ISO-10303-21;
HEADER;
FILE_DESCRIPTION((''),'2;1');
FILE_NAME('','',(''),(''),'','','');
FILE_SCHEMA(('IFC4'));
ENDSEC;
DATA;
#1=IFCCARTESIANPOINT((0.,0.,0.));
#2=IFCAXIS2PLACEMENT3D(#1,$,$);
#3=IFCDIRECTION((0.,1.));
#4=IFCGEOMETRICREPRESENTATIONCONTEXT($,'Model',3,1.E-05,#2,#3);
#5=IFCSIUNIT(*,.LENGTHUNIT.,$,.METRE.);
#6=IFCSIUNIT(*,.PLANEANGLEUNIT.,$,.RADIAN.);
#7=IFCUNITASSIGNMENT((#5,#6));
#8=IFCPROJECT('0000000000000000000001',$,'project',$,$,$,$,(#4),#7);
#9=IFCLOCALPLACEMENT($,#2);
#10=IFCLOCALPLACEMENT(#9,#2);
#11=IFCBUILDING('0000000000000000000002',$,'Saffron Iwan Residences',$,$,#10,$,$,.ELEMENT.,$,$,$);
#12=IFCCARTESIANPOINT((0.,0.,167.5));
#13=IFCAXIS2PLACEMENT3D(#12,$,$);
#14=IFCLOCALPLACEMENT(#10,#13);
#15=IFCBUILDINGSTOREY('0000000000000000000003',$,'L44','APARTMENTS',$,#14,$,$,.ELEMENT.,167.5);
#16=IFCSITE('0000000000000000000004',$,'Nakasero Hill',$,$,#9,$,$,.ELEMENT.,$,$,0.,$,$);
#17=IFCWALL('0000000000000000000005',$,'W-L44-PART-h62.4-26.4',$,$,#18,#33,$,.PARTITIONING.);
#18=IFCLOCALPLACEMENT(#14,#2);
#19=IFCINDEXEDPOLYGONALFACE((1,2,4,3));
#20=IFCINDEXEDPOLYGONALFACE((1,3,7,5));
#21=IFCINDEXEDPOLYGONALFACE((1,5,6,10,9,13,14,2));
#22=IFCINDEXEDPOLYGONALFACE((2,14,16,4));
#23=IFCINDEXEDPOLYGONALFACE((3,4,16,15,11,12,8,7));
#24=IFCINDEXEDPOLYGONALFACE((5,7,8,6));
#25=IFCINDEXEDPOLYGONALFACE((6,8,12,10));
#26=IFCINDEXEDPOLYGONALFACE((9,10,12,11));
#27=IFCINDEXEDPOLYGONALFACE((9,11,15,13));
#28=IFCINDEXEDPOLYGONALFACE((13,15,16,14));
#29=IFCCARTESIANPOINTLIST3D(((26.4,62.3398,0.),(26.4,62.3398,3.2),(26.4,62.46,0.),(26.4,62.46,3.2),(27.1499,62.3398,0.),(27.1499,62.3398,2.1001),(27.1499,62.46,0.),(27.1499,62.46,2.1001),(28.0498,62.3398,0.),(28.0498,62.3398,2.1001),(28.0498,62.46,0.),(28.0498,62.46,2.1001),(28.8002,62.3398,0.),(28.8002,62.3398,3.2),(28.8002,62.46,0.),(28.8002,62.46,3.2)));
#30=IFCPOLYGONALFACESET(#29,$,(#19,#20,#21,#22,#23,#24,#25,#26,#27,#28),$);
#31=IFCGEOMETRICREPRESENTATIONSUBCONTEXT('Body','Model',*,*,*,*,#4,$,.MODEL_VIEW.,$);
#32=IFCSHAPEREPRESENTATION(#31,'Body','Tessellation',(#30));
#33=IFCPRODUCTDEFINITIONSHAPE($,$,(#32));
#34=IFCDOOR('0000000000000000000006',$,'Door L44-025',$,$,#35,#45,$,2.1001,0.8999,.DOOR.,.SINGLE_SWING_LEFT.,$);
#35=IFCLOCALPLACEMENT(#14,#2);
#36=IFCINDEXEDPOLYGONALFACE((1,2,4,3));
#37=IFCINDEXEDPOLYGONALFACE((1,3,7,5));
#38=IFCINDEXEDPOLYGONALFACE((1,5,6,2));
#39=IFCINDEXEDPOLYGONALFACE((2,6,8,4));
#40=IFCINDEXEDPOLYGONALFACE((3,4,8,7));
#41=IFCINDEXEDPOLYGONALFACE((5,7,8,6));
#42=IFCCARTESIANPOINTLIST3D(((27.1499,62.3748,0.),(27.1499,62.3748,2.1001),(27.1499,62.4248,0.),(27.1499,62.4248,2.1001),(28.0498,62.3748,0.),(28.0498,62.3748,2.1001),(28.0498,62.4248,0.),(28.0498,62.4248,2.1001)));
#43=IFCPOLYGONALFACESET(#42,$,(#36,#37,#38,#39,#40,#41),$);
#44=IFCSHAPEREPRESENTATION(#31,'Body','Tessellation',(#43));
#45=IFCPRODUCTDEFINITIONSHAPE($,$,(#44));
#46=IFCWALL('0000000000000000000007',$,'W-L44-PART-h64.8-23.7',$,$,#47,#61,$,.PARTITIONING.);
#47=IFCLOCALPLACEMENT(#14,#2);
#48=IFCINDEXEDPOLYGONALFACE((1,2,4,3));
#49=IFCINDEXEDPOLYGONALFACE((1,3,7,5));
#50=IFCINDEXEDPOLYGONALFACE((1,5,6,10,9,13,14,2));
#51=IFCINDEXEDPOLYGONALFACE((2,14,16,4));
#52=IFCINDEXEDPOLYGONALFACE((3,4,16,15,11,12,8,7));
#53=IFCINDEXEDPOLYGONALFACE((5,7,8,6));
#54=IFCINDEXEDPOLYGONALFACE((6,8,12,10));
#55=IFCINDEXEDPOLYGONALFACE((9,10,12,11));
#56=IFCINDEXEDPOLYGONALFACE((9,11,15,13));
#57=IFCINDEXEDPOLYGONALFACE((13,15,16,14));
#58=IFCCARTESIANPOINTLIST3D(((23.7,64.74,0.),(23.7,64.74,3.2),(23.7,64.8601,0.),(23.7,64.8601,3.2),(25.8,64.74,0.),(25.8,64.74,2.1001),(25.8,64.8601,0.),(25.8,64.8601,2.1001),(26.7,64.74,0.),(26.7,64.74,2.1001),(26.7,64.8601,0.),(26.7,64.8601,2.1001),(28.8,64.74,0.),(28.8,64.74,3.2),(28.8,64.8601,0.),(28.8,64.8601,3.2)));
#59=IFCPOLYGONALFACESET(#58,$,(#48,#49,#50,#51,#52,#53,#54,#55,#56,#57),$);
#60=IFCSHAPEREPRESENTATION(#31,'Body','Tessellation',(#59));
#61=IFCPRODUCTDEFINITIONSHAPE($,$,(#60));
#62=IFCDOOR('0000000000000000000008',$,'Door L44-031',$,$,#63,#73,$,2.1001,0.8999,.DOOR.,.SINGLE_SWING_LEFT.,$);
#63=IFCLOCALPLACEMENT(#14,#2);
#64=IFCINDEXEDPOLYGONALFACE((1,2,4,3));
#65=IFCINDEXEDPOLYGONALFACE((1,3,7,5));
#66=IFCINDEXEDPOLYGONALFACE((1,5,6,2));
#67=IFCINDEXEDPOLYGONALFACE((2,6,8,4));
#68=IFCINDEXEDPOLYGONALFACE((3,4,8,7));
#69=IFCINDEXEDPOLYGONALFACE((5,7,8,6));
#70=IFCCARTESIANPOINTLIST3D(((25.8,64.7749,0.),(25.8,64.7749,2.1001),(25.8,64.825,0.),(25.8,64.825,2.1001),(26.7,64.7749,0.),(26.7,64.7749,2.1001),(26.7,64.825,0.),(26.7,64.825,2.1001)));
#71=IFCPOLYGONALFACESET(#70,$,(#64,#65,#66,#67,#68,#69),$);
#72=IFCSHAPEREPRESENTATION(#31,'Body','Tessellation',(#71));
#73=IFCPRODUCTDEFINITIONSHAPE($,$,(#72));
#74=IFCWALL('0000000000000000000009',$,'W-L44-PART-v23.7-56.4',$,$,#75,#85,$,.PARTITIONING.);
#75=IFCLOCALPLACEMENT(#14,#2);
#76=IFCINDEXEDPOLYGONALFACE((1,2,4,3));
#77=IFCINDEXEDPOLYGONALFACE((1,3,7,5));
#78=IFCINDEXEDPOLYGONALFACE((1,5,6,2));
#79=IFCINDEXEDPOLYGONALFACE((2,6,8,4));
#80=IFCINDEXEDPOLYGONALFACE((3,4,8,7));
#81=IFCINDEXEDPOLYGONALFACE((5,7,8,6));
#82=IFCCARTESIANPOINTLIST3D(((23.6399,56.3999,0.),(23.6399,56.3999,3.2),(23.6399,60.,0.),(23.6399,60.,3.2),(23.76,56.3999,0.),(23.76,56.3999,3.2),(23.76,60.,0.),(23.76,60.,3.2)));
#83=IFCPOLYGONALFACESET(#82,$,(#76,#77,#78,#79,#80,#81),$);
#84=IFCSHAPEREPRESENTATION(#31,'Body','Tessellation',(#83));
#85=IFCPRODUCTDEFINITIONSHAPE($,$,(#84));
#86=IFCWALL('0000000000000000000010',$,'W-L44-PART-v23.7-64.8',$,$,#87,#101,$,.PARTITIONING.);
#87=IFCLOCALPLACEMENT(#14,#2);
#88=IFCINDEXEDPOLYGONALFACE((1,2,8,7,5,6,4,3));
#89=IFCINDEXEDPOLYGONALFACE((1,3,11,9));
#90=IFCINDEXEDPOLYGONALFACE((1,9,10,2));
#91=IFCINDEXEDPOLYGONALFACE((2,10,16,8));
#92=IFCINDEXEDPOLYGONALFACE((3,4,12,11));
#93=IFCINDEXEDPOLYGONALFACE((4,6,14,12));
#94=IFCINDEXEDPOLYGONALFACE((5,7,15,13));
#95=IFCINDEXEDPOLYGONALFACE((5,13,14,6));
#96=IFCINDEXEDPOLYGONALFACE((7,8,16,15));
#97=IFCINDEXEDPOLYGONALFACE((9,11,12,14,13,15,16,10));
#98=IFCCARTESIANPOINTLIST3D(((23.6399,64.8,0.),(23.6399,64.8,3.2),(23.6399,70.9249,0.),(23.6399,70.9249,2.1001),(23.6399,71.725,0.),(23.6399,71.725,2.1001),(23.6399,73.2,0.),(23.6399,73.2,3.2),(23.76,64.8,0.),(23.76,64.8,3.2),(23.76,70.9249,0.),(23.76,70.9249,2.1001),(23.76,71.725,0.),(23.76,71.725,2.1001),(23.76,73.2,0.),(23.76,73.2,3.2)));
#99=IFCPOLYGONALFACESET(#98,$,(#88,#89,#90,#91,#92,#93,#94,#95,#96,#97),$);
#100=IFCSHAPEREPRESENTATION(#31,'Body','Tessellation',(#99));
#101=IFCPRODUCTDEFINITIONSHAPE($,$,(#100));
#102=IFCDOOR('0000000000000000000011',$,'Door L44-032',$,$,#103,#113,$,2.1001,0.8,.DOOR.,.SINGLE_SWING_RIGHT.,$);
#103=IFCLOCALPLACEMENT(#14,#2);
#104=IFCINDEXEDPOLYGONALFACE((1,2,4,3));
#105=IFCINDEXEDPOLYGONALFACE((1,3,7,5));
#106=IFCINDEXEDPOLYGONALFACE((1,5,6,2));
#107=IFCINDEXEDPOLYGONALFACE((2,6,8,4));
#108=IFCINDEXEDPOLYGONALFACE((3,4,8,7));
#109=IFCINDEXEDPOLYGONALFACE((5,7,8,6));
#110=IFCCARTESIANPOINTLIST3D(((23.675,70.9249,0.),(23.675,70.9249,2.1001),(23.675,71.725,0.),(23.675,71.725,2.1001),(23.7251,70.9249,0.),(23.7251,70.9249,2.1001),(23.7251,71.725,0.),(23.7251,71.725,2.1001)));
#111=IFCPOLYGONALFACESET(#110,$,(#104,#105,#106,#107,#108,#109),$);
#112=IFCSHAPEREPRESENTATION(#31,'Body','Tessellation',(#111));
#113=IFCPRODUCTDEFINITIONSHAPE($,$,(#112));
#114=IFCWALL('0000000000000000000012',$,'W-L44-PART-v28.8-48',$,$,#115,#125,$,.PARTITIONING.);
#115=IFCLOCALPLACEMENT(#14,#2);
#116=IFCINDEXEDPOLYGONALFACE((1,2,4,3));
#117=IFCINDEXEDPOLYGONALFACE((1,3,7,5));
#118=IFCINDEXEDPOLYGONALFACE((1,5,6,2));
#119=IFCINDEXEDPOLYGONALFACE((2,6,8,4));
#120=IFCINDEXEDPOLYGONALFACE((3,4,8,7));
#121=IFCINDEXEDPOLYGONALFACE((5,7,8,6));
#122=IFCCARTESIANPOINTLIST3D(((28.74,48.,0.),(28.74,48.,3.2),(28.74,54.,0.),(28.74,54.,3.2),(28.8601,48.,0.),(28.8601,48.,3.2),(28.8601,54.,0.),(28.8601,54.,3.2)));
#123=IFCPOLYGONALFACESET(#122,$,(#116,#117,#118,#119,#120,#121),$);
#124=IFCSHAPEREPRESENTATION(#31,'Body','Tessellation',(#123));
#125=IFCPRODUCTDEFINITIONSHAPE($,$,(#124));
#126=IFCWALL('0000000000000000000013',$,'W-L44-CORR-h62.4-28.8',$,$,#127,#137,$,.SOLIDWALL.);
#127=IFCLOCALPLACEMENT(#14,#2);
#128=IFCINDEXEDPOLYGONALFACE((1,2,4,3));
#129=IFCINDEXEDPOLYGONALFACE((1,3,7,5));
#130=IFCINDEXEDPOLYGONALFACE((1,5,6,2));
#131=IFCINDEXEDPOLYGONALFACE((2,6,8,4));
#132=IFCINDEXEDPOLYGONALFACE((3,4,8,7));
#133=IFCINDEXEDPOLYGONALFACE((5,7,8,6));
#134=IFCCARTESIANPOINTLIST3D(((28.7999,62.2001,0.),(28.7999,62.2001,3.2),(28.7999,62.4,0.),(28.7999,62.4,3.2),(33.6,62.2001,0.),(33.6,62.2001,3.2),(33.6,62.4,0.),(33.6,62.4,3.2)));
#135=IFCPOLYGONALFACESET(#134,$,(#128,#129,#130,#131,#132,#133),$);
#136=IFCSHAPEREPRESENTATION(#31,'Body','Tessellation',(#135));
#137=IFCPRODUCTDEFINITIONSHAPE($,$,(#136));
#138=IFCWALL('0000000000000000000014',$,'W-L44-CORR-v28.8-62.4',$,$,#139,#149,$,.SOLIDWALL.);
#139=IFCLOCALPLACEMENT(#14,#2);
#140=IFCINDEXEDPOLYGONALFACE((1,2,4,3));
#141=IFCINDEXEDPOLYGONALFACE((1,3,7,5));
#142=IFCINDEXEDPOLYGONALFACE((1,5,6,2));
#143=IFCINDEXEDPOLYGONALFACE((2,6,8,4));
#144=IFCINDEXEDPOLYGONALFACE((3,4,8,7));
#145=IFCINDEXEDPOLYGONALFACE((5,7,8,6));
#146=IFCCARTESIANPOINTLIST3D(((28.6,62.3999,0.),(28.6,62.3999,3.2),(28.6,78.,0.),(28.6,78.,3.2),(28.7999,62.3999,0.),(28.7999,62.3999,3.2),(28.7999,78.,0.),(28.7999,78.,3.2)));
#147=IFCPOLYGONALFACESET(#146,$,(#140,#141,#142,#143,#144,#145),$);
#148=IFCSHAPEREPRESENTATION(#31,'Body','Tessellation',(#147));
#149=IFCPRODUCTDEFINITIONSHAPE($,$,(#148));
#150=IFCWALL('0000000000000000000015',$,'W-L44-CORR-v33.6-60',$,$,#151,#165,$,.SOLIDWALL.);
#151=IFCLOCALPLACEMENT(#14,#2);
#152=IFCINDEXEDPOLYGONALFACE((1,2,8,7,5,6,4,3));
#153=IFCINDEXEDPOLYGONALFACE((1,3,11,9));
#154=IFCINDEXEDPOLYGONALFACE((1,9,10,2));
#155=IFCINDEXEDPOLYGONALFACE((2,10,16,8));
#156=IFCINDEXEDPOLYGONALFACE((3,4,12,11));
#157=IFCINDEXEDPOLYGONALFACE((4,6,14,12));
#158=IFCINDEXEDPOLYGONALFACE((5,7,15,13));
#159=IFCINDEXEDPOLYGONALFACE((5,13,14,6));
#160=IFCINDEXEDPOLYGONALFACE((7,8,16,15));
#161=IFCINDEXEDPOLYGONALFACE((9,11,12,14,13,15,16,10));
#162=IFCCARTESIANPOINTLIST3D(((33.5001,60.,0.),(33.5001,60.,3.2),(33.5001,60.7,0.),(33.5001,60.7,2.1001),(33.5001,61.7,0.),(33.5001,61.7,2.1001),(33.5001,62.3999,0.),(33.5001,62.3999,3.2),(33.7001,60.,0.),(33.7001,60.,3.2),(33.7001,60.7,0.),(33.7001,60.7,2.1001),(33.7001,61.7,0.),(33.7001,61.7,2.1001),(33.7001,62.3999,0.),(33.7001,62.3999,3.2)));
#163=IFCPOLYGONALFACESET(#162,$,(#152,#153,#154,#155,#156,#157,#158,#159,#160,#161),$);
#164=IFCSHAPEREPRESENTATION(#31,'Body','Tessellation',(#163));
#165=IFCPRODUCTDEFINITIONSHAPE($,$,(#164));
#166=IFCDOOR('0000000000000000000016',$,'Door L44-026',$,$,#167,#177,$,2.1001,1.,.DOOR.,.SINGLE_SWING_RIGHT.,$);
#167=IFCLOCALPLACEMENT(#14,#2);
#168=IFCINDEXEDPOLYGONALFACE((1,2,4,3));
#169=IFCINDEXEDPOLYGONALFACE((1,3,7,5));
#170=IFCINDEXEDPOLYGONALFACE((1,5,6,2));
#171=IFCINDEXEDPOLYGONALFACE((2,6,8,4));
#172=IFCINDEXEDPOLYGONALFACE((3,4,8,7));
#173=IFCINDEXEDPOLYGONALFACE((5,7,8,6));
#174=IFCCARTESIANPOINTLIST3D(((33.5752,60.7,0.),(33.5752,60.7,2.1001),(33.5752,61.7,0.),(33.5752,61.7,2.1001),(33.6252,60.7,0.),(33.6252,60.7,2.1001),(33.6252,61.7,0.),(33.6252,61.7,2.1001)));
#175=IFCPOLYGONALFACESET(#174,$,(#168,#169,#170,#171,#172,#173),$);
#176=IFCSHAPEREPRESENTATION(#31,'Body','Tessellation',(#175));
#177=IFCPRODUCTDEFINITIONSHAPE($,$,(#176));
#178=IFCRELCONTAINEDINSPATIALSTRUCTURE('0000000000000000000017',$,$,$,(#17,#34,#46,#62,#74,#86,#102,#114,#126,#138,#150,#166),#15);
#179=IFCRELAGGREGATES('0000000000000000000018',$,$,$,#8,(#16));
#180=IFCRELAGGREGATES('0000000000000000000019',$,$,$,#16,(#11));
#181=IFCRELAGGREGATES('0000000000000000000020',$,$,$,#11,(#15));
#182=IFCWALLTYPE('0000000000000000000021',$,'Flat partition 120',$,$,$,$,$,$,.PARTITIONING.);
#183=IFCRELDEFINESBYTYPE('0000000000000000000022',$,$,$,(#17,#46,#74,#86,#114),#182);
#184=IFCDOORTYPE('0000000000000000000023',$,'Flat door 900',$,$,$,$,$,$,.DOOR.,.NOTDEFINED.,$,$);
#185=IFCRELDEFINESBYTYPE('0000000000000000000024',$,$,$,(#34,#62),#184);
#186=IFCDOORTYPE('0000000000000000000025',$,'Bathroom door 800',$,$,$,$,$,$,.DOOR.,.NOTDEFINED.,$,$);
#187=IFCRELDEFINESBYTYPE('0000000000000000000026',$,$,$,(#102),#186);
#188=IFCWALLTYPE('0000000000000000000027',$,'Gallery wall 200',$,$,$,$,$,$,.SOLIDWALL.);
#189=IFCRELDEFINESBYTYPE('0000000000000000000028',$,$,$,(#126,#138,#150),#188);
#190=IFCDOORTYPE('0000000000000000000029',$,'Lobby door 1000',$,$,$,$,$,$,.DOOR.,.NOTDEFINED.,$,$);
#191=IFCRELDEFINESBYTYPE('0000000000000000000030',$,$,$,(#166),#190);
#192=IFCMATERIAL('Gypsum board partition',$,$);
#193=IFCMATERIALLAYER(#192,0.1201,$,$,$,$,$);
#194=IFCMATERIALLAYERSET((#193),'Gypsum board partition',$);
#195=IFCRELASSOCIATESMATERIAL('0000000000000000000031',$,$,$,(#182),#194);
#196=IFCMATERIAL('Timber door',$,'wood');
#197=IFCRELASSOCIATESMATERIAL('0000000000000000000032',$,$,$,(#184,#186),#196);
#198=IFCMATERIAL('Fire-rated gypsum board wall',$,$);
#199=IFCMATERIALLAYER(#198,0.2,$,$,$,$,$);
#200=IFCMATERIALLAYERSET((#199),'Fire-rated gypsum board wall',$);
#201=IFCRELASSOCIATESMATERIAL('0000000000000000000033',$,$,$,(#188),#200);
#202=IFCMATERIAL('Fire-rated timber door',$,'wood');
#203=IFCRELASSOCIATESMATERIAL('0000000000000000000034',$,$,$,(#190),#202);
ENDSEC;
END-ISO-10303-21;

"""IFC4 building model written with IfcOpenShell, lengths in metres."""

from ifc_helpers import new_model, si_unit, direction, frame, frame_2d, origin, place, context, subcontext, project, spatial, rectangle, extrude, material, layer, layer_set, type_object, element, fill, save


model = new_model("IFC4")

# Units and contexts
model_context = context("Model", 3, precision=1e-05, world=origin(), true_north=direction((0.0, 1.0)))
body_context = subcontext(model_context, "Body", "Model", "MODEL_VIEW")
ifc_project = project(units=[si_unit("LENGTHUNIT", "METRE"), si_unit("PLANEANGLEUNIT", "RADIAN")], contexts=[model_context])

# Site, building, storey
site_placement = place(None, origin())
site = spatial("IfcSite", under=ifc_project, at=site_placement, Name="Nakasero Hill", CompositionType="ELEMENT", RefElevation=0.0)
building_placement = place(site_placement, origin())
building = spatial("IfcBuilding", under=site, at=building_placement, Name="Saffron Iwan Residences", CompositionType="ELEMENT")
storey_placement = place(building_placement, frame((0.0, 0.0, 167.5)))
storey = spatial("IfcBuildingStorey", under=building, at=storey_placement, Name="L44", Description="APARTMENTS", CompositionType="ELEMENT", Elevation=167.5)

# Shared definitions
ifc_material_1 = material(Name="Fire-rated gypsum board wall")

# Shared definitions
ifc_material_2 = material(Name="Gypsum board partition")
ifc_layer_1 = layer(ifc_material_2, 0.1201)
ifc_layer_set_1 = layer_set([ifc_layer_1], Name="Gypsum board partition")
wall_type_1 = type_object("IfcWallType", Name="Flat partition 120", PredefinedType="PARTITIONING", material=ifc_layer_set_1)
ifc_material_3 = material(Name="Timber door", Category="wood")
door_type_1 = type_object("IfcDoorType", Name="Flat door 900", OperationType="NOTDEFINED", PredefinedType="DOOR", material=ifc_material_3)

# Walls, openings, doors
wall_1_placement = place(storey_placement, frame((26.3999, 62.3999, 0.0), z_axis=(0.0, 0.0, 1.0), x_axis=(1.0, 0.0, 0.0)))
wall_1 = element("IfcWall", 1, at=wall_1_placement, inside=storey, type_object=wall_type_1, Name="W-L44-PART-h62.4-26.4", PredefinedType="PARTITIONING", context=body_context, shape_type="SweptSolid", body=[
    extrude(rectangle(XDim=2.4001, YDim=0.1201, at=frame_2d((1.2002, 0.0))), origin(), (0.0, 0.0, 1.0), 3.2),
])
opening_1_placement = place(wall_1_placement, frame((0.75, 0.0, 0.0)))
opening_1 = element("IfcOpeningElement", 2, at=opening_1_placement, cuts=wall_1, PredefinedType="OPENING", context=body_context, shape_type="SweptSolid", body=[
    extrude(rectangle(XDim=0.8999, YDim=2.1001, at=frame_2d((0.45, 1.05))), frame((0.0, 0.0701, 0.0), z_axis=(0.0, -1.0, 0.0), x_axis=(1.0, 0.0, 0.0)), (0.0, 0.0, 1.0), 0.1401),
])
door_1_placement = place(opening_1_placement, origin())
door_1 = element("IfcDoor", 3, at=door_1_placement, inside=storey, type_object=door_type_1, Name="Door L44-025", OperationType="SINGLE_SWING_LEFT", OverallHeight=2.1001, OverallWidth=0.8999, PredefinedType="DOOR", context=body_context, shape_type="SweptSolid", body=[
    extrude(rectangle(XDim=0.8999, YDim=2.1001, at=frame_2d((0.45, 1.05))), frame((0.0, 0.0249, 0.0), z_axis=(0.0, -1.0, 0.0), x_axis=(1.0, 0.0, 0.0)), (0.0, 0.0, 1.0), 0.05),
])
fill(opening_1, door_1)
wall_2_placement = place(storey_placement, frame((23.7, 64.8, 0.0), z_axis=(0.0, 0.0, 1.0), x_axis=(1.0, 0.0, 0.0)))
wall_2 = element("IfcWall", 4, at=wall_2_placement, inside=storey, type_object=wall_type_1, Name="W-L44-PART-h64.8-23.7", PredefinedType="PARTITIONING", context=body_context, shape_type="SweptSolid", body=[
    extrude(rectangle(XDim=5.1001, YDim=0.1201, at=frame_2d((2.55, 0.0))), origin(), (0.0, 0.0, 1.0), 3.2),
])
opening_2_placement = place(wall_2_placement, frame((2.1001, 0.0, 0.0)))
opening_2 = element("IfcOpeningElement", 5, at=opening_2_placement, cuts=wall_2, PredefinedType="OPENING", context=body_context, shape_type="SweptSolid", body=[
    extrude(rectangle(XDim=0.8999, YDim=2.1001, at=frame_2d((0.45, 1.05))), frame((0.0, 0.0701, 0.0), z_axis=(0.0, -1.0, 0.0), x_axis=(1.0, 0.0, 0.0)), (0.0, 0.0, 1.0), 0.1401),
])
door_2_placement = place(opening_2_placement, origin())
door_2 = element("IfcDoor", 6, at=door_2_placement, inside=storey, type_object=door_type_1, Name="Door L44-031", OperationType="SINGLE_SWING_LEFT", OverallHeight=2.1001, OverallWidth=0.8999, PredefinedType="DOOR", context=body_context, shape_type="SweptSolid", body=[
    extrude(rectangle(XDim=0.8999, YDim=2.1001, at=frame_2d((0.45, 1.05))), frame((0.0, 0.0249, 0.0), z_axis=(0.0, -1.0, 0.0), x_axis=(1.0, 0.0, 0.0)), (0.0, 0.0, 1.0), 0.05),
])
fill(opening_2, door_2)

# Wall
wall_3_placement = place(storey_placement, frame((23.7, 56.3999, 0.0), z_axis=(0.0, 0.0, 1.0), x_axis=(0.0, 1.0, 0.0)))
element("IfcWall", 7, at=wall_3_placement, inside=storey, type_object=wall_type_1, Name="W-L44-PART-v23.7-56.4", PredefinedType="PARTITIONING", context=body_context, shape_type="SweptSolid", body=[
    extrude(rectangle(XDim=3.6001, YDim=0.1201, at=frame_2d((1.8, 0.0))), origin(), (0.0, 0.0, 1.0), 3.2),
])

# Wall, opening, door
wall_4_placement = place(storey_placement, frame((23.7, 64.8, 0.0), z_axis=(0.0, 0.0, 1.0), x_axis=(0.0, 1.0, 0.0)))
wall_4 = element("IfcWall", 8, at=wall_4_placement, inside=storey, type_object=wall_type_1, Name="W-L44-PART-v23.7-64.8", PredefinedType="PARTITIONING", context=body_context, shape_type="SweptSolid", body=[
    extrude(rectangle(XDim=8.3999, YDim=0.1201, at=frame_2d((4.2, 0.0))), origin(), (0.0, 0.0, 1.0), 3.2),
])
opening_3_placement = place(wall_4_placement, frame((6.125, 0.0, 0.0)))
opening_3 = element("IfcOpeningElement", 9, at=opening_3_placement, cuts=wall_4, PredefinedType="OPENING", context=body_context, shape_type="SweptSolid", body=[
    extrude(rectangle(XDim=0.8, YDim=2.1001, at=frame_2d((0.3999, 1.05))), frame((0.0, 0.0701, 0.0), z_axis=(0.0, -1.0, 0.0), x_axis=(1.0, 0.0, 0.0)), (0.0, 0.0, 1.0), 0.1401),
])
door_type_2 = type_object("IfcDoorType", Name="Bathroom door 800", OperationType="NOTDEFINED", PredefinedType="DOOR", material=ifc_material_3)
door_3_placement = place(opening_3_placement, origin())
door_3 = element("IfcDoor", 10, at=door_3_placement, inside=storey, type_object=door_type_2, Name="Door L44-032", OperationType="SINGLE_SWING_RIGHT", OverallHeight=2.1001, OverallWidth=0.8, PredefinedType="DOOR", context=body_context, shape_type="SweptSolid", body=[
    extrude(rectangle(XDim=0.8, YDim=2.1001, at=frame_2d((0.3999, 1.05))), frame((0.0, 0.0249, 0.0), z_axis=(0.0, -1.0, 0.0), x_axis=(1.0, 0.0, 0.0)), (0.0, 0.0, 1.0), 0.05),
])
fill(opening_3, door_3)

# Walls
wall_5_placement = place(storey_placement, frame((28.8, 48.0, 0.0), z_axis=(0.0, 0.0, 1.0), x_axis=(0.0, 1.0, 0.0)))
element("IfcWall", 11, at=wall_5_placement, inside=storey, type_object=wall_type_1, Name="W-L44-PART-v28.8-48", PredefinedType="PARTITIONING", context=body_context, shape_type="SweptSolid", body=[
    extrude(rectangle(XDim=6.0, YDim=0.1201, at=frame_2d((3.0, 0.0))), origin(), (0.0, 0.0, 1.0), 3.2),
])
ifc_layer_2 = layer(ifc_material_1, 0.2)
ifc_layer_set_2 = layer_set([ifc_layer_2], Name="Fire-rated gypsum board wall")
wall_type_2 = type_object("IfcWallType", Name="Gallery wall 200", PredefinedType="SOLIDWALL", material=ifc_layer_set_2)
wall_6_placement = place(storey_placement, frame((28.8, 62.3, 0.0), z_axis=(0.0, 0.0, 1.0), x_axis=(1.0, 0.0, 0.0)))
element("IfcWall", 12, at=wall_6_placement, inside=storey, type_object=wall_type_2, Name="W-L44-CORR-h62.4-28.8", PredefinedType="SOLIDWALL", context=body_context, shape_type="SweptSolid", body=[
    extrude(rectangle(XDim=4.8, YDim=0.2, at=frame_2d((2.3999, 0.0))), origin(), (0.0, 0.0, 1.0), 3.2),
])
wall_7_placement = place(storey_placement, frame((28.7, 62.3999, 0.0), z_axis=(0.0, 0.0, 1.0), x_axis=(0.0, 1.0, 0.0)))
element("IfcWall", 13, at=wall_7_placement, inside=storey, type_object=wall_type_2, Name="W-L44-CORR-v28.8-62.4", PredefinedType="SOLIDWALL", context=body_context, shape_type="SweptSolid", body=[
    extrude(rectangle(XDim=15.6001, YDim=0.2, at=frame_2d((7.8, 0.0))), origin(), (0.0, 0.0, 1.0), 3.2),
])

# Wall, opening, door
wall_8_placement = place(storey_placement, frame((33.6001, 60.0, 0.0), z_axis=(0.0, 0.0, 1.0), x_axis=(0.0, 1.0, 0.0)))
wall_8 = element("IfcWall", 14, at=wall_8_placement, inside=storey, type_object=wall_type_2, Name="W-L44-CORR-v33.6-60", PredefinedType="SOLIDWALL", context=body_context, shape_type="SweptSolid", body=[
    extrude(rectangle(XDim=2.3999, YDim=0.2, at=frame_2d((1.2, 0.0))), origin(), (0.0, 0.0, 1.0), 3.2),
])
opening_4_placement = place(wall_8_placement, frame((0.7, 0.0, 0.0)))
opening_4 = element("IfcOpeningElement", 15, at=opening_4_placement, cuts=wall_8, PredefinedType="OPENING", context=body_context, shape_type="SweptSolid", body=[
    extrude(rectangle(XDim=1.0, YDim=2.1001, at=frame_2d((0.5, 1.05))), frame((0.0, 0.1099, 0.0), z_axis=(0.0, -1.0, 0.0), x_axis=(1.0, 0.0, 0.0)), (0.0, 0.0, 1.0), 0.22),
])
ifc_material_4 = material(Name="Fire-rated timber door", Category="wood")
door_type_3 = type_object("IfcDoorType", Name="Lobby door 1000", OperationType="NOTDEFINED", PredefinedType="DOOR", material=ifc_material_4)
door_4_placement = place(opening_4_placement, origin())
door_4 = element("IfcDoor", 16, at=door_4_placement, inside=storey, type_object=door_type_3, Name="Door L44-026", OperationType="SINGLE_SWING_RIGHT", OverallHeight=2.1001, OverallWidth=1.0, PredefinedType="DOOR", context=body_context, shape_type="SweptSolid", body=[
    extrude(rectangle(XDim=1.0, YDim=2.1001, at=frame_2d((0.5, 1.05))), frame((0.0, 0.0249, 0.0), z_axis=(0.0, -1.0, 0.0), x_axis=(1.0, 0.0, 0.0)), (0.0, 0.0, 1.0), 0.05),
])
fill(opening_4, door_4)

save(model, "model.ifc")
